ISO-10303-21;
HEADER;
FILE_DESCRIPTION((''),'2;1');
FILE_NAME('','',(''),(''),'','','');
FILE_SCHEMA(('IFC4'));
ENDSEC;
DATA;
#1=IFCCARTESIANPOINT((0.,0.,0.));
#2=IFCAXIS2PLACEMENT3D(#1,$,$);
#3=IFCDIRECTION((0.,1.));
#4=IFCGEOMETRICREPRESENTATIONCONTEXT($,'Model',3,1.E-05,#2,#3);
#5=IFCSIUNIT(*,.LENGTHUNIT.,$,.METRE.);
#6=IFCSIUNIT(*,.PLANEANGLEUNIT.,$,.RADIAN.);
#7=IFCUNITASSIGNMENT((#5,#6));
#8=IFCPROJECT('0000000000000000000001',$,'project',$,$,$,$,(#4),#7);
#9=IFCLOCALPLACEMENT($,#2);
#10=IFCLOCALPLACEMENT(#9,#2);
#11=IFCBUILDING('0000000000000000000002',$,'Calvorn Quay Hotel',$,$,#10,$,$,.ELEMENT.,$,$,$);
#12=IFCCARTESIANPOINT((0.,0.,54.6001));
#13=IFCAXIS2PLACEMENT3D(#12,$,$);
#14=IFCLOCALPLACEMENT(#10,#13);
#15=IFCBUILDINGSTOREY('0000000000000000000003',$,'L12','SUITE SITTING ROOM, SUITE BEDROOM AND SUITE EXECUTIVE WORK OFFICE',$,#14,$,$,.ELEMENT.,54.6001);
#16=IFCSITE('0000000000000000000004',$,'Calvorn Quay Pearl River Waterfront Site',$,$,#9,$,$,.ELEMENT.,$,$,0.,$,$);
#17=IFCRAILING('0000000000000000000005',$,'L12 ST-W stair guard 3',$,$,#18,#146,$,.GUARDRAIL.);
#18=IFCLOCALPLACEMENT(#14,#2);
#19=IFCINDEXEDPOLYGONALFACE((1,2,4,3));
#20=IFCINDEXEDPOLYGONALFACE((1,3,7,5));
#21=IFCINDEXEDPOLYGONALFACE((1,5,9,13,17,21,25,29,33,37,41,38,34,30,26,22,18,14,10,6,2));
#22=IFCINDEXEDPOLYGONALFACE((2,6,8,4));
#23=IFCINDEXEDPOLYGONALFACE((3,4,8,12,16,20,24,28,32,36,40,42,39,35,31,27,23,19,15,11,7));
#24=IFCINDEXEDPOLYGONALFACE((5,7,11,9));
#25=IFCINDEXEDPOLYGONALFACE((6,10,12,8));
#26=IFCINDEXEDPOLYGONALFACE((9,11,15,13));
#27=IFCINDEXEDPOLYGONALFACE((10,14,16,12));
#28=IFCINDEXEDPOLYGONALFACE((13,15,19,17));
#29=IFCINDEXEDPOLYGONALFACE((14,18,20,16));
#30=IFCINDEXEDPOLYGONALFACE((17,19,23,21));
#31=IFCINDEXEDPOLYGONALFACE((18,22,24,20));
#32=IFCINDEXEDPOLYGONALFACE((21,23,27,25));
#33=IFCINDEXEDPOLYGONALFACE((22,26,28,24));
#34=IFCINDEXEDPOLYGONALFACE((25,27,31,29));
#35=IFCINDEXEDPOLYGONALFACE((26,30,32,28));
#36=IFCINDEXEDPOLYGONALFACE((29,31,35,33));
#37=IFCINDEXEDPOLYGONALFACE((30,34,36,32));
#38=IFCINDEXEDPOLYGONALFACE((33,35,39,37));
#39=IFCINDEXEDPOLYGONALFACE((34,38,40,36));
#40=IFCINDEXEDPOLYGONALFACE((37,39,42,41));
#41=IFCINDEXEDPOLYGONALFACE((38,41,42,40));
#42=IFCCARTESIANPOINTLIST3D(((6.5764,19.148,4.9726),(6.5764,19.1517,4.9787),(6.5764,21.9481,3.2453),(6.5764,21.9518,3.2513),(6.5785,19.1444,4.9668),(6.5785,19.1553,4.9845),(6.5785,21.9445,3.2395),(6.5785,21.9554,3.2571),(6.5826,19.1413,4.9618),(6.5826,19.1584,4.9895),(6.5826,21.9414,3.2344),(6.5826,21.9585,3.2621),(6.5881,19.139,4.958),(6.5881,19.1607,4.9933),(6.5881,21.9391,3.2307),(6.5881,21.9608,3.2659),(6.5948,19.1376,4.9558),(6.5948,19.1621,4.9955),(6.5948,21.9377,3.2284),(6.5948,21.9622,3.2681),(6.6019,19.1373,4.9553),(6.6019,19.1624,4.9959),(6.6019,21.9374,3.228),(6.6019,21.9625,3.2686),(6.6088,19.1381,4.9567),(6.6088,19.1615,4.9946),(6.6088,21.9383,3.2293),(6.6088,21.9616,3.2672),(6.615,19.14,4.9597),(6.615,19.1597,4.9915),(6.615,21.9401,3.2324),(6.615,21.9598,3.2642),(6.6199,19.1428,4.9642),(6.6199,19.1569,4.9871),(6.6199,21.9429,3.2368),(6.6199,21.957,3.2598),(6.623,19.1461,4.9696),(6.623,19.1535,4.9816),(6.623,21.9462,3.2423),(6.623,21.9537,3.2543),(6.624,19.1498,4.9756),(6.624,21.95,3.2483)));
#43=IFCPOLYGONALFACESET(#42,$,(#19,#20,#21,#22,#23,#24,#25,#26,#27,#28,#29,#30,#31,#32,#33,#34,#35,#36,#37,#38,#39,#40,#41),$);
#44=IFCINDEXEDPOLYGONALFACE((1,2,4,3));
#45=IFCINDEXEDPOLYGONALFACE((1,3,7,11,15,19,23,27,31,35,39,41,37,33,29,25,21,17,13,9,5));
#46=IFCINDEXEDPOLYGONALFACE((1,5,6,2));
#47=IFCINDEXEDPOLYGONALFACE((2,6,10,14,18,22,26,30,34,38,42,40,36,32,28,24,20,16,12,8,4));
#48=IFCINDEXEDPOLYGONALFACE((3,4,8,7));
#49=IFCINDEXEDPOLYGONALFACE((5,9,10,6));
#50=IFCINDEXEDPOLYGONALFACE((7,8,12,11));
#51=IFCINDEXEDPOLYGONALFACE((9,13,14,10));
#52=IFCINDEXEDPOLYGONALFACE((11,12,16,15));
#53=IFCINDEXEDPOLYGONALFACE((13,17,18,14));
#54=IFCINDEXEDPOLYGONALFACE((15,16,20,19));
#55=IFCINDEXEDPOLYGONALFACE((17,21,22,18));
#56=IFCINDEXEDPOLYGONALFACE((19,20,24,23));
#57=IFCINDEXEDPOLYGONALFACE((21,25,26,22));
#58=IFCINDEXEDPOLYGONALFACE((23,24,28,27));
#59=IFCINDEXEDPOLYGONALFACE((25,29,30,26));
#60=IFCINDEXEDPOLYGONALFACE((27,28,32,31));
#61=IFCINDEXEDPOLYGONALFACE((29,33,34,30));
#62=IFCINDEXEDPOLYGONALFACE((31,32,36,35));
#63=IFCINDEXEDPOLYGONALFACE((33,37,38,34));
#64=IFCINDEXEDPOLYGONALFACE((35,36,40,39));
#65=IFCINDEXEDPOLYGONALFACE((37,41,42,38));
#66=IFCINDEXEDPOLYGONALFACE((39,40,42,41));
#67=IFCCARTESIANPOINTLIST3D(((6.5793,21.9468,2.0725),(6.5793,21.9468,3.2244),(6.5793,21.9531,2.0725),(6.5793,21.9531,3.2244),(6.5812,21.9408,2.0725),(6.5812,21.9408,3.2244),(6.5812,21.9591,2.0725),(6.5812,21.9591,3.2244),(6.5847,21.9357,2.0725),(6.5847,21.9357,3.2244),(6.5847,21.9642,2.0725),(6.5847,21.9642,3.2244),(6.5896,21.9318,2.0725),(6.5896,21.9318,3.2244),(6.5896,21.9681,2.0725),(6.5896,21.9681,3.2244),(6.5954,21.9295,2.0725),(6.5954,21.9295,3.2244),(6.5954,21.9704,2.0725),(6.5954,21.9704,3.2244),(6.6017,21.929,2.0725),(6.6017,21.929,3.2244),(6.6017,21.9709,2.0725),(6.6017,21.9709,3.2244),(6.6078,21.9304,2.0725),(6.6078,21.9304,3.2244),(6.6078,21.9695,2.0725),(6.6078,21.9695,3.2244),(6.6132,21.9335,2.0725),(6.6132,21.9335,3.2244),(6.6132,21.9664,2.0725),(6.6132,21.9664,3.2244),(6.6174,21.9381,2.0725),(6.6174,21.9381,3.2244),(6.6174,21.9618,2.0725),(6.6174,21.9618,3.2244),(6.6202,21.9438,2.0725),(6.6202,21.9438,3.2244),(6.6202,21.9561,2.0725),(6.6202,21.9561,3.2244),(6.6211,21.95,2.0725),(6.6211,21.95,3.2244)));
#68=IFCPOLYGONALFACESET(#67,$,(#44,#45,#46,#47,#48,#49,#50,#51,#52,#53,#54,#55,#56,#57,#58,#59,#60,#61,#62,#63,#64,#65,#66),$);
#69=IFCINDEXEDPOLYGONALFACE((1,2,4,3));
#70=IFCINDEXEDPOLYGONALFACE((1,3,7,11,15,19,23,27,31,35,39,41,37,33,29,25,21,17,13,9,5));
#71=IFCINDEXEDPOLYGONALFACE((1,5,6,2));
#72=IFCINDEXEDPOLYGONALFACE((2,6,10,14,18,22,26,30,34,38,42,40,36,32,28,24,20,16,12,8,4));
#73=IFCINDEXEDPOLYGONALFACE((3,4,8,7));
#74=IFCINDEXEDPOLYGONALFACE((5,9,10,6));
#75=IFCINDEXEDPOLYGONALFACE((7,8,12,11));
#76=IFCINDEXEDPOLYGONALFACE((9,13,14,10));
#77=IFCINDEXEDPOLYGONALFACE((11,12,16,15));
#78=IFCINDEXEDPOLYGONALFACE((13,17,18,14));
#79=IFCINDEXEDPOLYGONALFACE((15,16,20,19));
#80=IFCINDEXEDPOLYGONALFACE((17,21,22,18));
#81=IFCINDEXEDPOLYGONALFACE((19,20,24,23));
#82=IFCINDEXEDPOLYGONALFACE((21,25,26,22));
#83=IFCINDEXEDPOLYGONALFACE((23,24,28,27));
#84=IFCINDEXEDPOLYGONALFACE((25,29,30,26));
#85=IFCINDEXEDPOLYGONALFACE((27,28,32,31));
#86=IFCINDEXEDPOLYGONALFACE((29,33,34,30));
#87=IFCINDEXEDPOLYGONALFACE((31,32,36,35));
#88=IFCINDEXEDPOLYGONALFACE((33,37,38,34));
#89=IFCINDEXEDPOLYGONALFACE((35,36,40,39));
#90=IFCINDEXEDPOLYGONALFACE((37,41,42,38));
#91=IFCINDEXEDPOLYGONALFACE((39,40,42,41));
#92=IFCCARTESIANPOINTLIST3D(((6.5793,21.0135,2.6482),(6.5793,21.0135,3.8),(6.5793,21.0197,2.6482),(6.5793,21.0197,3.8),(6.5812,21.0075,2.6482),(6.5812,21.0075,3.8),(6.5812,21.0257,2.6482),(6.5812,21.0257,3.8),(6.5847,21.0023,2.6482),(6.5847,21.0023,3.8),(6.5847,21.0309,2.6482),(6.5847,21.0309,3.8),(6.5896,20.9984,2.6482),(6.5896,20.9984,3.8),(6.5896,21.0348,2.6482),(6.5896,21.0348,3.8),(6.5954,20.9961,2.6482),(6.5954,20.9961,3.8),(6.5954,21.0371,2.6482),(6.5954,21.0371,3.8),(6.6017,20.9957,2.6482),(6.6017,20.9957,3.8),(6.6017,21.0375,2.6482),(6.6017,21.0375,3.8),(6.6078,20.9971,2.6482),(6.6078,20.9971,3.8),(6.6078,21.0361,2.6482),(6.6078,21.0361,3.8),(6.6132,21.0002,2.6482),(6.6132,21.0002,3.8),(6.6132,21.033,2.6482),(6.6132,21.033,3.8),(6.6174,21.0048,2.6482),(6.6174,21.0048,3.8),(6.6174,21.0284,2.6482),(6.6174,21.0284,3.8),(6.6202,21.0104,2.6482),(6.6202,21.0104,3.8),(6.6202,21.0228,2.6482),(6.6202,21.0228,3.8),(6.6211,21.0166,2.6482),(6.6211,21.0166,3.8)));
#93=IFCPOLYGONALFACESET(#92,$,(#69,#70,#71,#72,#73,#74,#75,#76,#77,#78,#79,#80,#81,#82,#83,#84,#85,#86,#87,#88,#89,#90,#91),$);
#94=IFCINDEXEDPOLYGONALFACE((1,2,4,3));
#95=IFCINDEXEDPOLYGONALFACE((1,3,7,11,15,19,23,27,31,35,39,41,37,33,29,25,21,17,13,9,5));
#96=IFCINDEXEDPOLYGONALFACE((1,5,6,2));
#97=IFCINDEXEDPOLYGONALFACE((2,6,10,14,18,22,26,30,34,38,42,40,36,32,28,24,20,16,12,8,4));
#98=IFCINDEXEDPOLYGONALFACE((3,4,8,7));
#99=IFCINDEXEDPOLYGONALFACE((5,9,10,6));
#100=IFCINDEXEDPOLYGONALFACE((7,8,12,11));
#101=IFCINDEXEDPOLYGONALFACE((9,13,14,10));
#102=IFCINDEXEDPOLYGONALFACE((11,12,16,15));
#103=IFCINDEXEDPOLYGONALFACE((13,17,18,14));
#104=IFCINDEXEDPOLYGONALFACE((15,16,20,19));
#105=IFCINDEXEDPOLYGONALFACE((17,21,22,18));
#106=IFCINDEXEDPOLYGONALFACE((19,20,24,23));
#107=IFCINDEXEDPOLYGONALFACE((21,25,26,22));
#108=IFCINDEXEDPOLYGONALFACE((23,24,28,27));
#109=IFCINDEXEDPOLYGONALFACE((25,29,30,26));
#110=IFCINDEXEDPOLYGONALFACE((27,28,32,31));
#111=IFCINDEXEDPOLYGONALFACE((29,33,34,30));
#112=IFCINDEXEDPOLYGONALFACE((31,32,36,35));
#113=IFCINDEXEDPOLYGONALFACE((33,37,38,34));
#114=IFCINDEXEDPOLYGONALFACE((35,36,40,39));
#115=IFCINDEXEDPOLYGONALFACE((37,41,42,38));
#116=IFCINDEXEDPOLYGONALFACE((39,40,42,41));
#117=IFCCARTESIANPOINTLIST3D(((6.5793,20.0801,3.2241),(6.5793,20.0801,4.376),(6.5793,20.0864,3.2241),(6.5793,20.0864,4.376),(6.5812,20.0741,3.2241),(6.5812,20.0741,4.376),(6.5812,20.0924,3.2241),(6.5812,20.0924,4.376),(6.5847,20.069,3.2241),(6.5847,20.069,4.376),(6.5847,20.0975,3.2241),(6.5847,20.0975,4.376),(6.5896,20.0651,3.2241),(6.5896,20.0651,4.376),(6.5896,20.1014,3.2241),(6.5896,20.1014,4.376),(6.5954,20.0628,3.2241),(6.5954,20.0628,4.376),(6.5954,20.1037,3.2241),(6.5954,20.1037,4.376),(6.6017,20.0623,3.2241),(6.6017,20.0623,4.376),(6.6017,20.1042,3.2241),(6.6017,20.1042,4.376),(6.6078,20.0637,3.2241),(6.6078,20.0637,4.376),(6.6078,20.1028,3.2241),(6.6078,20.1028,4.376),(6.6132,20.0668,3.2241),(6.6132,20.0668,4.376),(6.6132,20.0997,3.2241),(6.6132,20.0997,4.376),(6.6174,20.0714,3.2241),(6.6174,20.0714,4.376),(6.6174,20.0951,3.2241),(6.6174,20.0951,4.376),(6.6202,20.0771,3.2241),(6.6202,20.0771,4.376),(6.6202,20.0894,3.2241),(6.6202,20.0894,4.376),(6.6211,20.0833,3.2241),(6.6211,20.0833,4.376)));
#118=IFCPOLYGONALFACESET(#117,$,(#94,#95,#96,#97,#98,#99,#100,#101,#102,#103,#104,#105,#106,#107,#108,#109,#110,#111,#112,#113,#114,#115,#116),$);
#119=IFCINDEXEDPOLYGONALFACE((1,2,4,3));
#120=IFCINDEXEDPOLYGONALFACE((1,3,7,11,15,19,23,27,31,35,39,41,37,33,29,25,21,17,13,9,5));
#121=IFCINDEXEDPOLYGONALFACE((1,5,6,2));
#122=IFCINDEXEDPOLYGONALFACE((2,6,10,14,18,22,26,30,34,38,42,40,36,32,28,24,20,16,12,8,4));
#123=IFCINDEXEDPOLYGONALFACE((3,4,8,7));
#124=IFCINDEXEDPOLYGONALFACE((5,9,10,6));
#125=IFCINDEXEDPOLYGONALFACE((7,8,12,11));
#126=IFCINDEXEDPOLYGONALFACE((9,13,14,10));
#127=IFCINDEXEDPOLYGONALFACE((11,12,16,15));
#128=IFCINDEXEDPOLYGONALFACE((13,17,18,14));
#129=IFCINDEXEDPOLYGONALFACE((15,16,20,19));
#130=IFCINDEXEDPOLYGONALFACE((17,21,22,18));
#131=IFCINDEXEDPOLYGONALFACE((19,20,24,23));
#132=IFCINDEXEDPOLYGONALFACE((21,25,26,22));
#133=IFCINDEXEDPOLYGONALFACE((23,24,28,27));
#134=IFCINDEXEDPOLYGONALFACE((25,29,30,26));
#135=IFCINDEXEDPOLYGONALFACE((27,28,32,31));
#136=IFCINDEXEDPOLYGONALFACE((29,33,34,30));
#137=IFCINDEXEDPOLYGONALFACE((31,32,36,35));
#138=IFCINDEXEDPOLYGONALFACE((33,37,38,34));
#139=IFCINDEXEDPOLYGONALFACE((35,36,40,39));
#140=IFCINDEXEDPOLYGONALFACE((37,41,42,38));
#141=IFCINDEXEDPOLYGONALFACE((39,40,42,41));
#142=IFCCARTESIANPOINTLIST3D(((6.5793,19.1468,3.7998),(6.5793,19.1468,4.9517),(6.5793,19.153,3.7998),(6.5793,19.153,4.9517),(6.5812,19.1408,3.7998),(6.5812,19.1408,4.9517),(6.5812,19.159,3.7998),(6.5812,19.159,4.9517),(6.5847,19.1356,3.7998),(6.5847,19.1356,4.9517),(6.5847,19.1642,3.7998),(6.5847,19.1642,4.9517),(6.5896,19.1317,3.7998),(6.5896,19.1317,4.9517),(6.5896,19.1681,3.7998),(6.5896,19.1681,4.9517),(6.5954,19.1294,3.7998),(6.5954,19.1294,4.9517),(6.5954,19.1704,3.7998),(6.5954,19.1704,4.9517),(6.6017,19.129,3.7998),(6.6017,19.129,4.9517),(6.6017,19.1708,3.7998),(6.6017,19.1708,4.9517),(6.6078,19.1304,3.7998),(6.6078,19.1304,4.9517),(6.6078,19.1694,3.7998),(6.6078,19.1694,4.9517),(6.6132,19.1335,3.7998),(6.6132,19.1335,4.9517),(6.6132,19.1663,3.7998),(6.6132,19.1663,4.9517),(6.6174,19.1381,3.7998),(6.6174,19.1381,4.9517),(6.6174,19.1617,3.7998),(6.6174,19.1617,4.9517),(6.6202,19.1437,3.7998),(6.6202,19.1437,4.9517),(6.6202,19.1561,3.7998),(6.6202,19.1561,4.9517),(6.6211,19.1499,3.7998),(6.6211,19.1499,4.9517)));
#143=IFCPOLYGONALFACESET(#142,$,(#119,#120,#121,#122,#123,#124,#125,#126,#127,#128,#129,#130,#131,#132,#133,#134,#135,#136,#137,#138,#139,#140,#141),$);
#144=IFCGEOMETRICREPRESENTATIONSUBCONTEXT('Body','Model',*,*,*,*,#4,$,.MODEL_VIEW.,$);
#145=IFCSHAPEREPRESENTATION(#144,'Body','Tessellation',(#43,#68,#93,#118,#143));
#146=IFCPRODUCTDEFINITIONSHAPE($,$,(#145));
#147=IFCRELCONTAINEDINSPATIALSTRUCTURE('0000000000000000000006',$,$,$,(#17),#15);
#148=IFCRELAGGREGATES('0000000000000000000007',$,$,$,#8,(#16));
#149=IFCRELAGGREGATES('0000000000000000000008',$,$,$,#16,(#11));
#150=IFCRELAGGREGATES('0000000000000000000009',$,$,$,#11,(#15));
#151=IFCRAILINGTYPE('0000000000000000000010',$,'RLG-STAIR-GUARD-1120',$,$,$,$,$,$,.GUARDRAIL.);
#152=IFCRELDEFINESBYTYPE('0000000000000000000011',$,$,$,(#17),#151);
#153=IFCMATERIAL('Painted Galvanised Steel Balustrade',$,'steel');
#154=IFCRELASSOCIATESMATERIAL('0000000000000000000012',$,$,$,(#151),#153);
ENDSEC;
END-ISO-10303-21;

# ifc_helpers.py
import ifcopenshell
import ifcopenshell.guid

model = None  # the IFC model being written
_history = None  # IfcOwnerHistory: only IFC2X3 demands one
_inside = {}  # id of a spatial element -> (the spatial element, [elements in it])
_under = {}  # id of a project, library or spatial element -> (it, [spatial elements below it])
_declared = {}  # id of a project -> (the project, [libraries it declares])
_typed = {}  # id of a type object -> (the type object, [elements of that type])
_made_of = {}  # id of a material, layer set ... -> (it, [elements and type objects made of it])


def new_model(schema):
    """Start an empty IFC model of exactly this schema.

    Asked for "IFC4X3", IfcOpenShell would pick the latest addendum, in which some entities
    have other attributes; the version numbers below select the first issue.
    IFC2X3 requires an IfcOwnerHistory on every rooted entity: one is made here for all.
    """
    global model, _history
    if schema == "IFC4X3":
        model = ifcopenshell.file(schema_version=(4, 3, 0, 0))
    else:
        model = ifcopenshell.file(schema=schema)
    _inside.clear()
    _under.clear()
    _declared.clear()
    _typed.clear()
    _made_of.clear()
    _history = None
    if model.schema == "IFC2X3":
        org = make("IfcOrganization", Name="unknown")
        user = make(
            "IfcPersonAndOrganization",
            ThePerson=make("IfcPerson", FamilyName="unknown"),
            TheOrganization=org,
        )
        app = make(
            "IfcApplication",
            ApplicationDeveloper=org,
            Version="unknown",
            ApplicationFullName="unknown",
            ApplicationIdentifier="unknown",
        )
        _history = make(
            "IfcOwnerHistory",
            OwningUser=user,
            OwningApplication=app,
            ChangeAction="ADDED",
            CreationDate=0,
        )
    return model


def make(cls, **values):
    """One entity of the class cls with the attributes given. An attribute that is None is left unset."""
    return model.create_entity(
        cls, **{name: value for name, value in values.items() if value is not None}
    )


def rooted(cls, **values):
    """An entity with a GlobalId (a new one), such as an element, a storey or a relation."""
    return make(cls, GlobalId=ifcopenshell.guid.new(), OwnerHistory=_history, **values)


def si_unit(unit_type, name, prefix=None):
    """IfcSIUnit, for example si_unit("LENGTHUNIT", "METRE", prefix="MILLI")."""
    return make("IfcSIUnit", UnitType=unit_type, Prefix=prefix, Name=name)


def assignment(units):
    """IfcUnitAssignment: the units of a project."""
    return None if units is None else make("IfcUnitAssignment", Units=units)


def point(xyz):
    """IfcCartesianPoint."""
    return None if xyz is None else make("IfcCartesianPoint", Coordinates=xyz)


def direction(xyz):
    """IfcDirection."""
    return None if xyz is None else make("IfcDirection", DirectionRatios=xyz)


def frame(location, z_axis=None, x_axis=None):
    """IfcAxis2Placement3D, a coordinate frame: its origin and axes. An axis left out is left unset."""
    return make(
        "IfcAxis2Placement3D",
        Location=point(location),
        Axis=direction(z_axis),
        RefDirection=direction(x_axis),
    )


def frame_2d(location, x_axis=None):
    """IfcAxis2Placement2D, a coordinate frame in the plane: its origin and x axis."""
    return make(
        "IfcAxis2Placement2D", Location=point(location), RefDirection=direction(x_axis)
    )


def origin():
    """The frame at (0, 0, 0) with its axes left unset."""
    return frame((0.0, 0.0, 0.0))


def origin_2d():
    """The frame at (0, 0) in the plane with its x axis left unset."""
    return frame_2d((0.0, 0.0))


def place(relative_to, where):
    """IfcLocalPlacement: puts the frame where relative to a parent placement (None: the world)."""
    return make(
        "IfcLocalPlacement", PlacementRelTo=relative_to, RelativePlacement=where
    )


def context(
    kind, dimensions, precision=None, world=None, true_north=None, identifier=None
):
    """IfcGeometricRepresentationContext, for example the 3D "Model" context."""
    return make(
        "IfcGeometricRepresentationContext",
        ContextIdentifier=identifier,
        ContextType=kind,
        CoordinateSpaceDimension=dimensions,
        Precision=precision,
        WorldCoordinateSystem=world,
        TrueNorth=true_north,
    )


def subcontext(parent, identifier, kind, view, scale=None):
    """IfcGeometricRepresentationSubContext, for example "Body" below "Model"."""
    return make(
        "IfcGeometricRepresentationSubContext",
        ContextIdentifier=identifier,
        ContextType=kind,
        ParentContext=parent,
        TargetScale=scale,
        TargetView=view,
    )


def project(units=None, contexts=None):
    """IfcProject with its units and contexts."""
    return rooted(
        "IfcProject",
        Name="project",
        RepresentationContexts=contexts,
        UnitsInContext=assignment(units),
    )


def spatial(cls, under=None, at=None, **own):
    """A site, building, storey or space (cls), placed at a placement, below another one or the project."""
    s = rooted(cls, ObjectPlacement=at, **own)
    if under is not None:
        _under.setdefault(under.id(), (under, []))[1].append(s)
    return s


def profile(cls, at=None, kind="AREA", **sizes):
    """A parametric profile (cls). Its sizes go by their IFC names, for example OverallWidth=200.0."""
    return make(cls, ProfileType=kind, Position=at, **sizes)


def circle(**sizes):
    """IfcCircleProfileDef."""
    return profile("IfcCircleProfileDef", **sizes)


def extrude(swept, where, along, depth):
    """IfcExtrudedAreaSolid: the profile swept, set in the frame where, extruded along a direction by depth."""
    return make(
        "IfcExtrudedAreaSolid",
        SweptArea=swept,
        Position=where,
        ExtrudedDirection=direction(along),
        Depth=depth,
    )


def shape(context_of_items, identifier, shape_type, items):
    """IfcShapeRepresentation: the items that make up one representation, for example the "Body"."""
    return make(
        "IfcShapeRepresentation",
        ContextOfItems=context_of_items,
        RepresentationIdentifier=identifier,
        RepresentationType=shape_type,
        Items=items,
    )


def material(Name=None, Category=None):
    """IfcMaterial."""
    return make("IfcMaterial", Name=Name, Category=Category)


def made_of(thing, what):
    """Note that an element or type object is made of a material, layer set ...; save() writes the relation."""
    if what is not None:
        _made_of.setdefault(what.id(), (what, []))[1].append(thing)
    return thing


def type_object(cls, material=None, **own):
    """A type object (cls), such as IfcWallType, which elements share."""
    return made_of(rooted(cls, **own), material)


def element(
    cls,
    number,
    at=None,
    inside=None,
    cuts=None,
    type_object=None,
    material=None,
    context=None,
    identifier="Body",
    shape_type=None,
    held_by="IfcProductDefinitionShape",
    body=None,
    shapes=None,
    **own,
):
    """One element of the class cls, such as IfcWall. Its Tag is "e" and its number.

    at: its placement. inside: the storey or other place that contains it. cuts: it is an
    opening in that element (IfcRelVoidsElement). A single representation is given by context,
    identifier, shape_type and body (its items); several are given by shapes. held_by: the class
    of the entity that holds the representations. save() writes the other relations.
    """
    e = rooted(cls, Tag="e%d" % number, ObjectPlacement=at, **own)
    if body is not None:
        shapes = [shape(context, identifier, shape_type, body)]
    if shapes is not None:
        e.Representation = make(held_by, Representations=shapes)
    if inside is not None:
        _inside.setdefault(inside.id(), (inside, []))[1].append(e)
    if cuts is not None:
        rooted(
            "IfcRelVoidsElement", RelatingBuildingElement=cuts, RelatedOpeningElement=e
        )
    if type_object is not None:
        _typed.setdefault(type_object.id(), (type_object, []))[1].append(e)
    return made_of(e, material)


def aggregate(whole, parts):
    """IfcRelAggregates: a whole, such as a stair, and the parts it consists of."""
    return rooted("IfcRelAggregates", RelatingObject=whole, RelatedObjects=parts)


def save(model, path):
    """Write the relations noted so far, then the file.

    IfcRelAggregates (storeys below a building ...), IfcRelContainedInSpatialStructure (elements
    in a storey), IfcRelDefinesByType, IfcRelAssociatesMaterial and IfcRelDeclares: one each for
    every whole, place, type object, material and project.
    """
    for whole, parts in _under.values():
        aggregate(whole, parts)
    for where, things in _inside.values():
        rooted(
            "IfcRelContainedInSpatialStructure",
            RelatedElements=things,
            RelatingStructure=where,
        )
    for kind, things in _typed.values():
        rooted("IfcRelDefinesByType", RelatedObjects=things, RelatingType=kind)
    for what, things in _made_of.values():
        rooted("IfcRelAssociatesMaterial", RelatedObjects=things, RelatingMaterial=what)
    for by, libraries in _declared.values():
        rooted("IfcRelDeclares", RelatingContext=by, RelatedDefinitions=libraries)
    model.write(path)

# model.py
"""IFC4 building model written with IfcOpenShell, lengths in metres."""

from ifc_helpers import new_model, si_unit, direction, frame, origin, origin_2d, place, context, subcontext, project, spatial, circle, extrude, material, type_object, element, save


model = new_model("IFC4")

# Units and contexts
model_context = context("Model", 3, precision=1e-05, world=origin(), true_north=direction((0.0, 1.0)))
body_context = subcontext(model_context, "Body", "Model", "MODEL_VIEW")
ifc_project = project(units=[si_unit("LENGTHUNIT", "METRE"), si_unit("PLANEANGLEUNIT", "RADIAN")], contexts=[model_context])

# Site, building, storey
site_placement = place(None, origin())
site = spatial("IfcSite", under=ifc_project, at=site_placement, Name="Calvorn Quay Pearl River Waterfront Site", CompositionType="ELEMENT", RefElevation=0.0)
building_placement = place(site_placement, origin())
building = spatial("IfcBuilding", under=site, at=building_placement, Name="Calvorn Quay Hotel", CompositionType="ELEMENT")
storey_placement = place(building_placement, frame((0.0, 0.0, 54.6001)))
storey = spatial("IfcBuildingStorey", under=building, at=storey_placement, Name="L12", Description="SUITE SITTING ROOM, SUITE BEDROOM AND SUITE EXECUTIVE WORK OFFICE", CompositionType="ELEMENT", Elevation=54.6001)

# Railing
ifc_material_1 = material(Name="Painted Galvanised Steel Balustrade", Category="steel")
railing_type_1 = type_object("IfcRailingType", Name="RLG-STAIR-GUARD-1120", PredefinedType="GUARDRAIL", material=ifc_material_1)
railing_1_placement = place(storey_placement, frame((6.6001, 21.95, 2.0725)))
element("IfcRailing", 1, at=railing_1_placement, inside=storey, type_object=railing_type_1, Name="L12 ST-W stair guard 3", PredefinedType="GUARDRAIL", context=body_context, shape_type="SweptSolid", body=[
    extrude(circle(Radius=0.0239, at=origin_2d()), frame((0.0, 0.0, 1.1758), z_axis=(0.0, -0.85109, 0.52502), x_axis=(1.0, 0.0, 0.0)), (0.0, 0.0, 1.0), 3.29),
    extrude(circle(Radius=0.021, at=origin_2d()), origin(), (0.0, 0.0, 1.0), 1.1519),
    extrude(circle(Radius=0.021, at=origin_2d()), frame((0.0, -0.9333, 0.5757)), (0.0, 0.0, 1.0), 1.1519),
    extrude(circle(Radius=0.021, at=origin_2d()), frame((0.0, -1.8667, 1.1516)), (0.0, 0.0, 1.0), 1.1519),
    extrude(circle(Radius=0.021, at=origin_2d()), frame((0.0, -2.8, 1.7273)), (0.0, 0.0, 1.0), 1.1519),
])

save(model, "model.ifc")
